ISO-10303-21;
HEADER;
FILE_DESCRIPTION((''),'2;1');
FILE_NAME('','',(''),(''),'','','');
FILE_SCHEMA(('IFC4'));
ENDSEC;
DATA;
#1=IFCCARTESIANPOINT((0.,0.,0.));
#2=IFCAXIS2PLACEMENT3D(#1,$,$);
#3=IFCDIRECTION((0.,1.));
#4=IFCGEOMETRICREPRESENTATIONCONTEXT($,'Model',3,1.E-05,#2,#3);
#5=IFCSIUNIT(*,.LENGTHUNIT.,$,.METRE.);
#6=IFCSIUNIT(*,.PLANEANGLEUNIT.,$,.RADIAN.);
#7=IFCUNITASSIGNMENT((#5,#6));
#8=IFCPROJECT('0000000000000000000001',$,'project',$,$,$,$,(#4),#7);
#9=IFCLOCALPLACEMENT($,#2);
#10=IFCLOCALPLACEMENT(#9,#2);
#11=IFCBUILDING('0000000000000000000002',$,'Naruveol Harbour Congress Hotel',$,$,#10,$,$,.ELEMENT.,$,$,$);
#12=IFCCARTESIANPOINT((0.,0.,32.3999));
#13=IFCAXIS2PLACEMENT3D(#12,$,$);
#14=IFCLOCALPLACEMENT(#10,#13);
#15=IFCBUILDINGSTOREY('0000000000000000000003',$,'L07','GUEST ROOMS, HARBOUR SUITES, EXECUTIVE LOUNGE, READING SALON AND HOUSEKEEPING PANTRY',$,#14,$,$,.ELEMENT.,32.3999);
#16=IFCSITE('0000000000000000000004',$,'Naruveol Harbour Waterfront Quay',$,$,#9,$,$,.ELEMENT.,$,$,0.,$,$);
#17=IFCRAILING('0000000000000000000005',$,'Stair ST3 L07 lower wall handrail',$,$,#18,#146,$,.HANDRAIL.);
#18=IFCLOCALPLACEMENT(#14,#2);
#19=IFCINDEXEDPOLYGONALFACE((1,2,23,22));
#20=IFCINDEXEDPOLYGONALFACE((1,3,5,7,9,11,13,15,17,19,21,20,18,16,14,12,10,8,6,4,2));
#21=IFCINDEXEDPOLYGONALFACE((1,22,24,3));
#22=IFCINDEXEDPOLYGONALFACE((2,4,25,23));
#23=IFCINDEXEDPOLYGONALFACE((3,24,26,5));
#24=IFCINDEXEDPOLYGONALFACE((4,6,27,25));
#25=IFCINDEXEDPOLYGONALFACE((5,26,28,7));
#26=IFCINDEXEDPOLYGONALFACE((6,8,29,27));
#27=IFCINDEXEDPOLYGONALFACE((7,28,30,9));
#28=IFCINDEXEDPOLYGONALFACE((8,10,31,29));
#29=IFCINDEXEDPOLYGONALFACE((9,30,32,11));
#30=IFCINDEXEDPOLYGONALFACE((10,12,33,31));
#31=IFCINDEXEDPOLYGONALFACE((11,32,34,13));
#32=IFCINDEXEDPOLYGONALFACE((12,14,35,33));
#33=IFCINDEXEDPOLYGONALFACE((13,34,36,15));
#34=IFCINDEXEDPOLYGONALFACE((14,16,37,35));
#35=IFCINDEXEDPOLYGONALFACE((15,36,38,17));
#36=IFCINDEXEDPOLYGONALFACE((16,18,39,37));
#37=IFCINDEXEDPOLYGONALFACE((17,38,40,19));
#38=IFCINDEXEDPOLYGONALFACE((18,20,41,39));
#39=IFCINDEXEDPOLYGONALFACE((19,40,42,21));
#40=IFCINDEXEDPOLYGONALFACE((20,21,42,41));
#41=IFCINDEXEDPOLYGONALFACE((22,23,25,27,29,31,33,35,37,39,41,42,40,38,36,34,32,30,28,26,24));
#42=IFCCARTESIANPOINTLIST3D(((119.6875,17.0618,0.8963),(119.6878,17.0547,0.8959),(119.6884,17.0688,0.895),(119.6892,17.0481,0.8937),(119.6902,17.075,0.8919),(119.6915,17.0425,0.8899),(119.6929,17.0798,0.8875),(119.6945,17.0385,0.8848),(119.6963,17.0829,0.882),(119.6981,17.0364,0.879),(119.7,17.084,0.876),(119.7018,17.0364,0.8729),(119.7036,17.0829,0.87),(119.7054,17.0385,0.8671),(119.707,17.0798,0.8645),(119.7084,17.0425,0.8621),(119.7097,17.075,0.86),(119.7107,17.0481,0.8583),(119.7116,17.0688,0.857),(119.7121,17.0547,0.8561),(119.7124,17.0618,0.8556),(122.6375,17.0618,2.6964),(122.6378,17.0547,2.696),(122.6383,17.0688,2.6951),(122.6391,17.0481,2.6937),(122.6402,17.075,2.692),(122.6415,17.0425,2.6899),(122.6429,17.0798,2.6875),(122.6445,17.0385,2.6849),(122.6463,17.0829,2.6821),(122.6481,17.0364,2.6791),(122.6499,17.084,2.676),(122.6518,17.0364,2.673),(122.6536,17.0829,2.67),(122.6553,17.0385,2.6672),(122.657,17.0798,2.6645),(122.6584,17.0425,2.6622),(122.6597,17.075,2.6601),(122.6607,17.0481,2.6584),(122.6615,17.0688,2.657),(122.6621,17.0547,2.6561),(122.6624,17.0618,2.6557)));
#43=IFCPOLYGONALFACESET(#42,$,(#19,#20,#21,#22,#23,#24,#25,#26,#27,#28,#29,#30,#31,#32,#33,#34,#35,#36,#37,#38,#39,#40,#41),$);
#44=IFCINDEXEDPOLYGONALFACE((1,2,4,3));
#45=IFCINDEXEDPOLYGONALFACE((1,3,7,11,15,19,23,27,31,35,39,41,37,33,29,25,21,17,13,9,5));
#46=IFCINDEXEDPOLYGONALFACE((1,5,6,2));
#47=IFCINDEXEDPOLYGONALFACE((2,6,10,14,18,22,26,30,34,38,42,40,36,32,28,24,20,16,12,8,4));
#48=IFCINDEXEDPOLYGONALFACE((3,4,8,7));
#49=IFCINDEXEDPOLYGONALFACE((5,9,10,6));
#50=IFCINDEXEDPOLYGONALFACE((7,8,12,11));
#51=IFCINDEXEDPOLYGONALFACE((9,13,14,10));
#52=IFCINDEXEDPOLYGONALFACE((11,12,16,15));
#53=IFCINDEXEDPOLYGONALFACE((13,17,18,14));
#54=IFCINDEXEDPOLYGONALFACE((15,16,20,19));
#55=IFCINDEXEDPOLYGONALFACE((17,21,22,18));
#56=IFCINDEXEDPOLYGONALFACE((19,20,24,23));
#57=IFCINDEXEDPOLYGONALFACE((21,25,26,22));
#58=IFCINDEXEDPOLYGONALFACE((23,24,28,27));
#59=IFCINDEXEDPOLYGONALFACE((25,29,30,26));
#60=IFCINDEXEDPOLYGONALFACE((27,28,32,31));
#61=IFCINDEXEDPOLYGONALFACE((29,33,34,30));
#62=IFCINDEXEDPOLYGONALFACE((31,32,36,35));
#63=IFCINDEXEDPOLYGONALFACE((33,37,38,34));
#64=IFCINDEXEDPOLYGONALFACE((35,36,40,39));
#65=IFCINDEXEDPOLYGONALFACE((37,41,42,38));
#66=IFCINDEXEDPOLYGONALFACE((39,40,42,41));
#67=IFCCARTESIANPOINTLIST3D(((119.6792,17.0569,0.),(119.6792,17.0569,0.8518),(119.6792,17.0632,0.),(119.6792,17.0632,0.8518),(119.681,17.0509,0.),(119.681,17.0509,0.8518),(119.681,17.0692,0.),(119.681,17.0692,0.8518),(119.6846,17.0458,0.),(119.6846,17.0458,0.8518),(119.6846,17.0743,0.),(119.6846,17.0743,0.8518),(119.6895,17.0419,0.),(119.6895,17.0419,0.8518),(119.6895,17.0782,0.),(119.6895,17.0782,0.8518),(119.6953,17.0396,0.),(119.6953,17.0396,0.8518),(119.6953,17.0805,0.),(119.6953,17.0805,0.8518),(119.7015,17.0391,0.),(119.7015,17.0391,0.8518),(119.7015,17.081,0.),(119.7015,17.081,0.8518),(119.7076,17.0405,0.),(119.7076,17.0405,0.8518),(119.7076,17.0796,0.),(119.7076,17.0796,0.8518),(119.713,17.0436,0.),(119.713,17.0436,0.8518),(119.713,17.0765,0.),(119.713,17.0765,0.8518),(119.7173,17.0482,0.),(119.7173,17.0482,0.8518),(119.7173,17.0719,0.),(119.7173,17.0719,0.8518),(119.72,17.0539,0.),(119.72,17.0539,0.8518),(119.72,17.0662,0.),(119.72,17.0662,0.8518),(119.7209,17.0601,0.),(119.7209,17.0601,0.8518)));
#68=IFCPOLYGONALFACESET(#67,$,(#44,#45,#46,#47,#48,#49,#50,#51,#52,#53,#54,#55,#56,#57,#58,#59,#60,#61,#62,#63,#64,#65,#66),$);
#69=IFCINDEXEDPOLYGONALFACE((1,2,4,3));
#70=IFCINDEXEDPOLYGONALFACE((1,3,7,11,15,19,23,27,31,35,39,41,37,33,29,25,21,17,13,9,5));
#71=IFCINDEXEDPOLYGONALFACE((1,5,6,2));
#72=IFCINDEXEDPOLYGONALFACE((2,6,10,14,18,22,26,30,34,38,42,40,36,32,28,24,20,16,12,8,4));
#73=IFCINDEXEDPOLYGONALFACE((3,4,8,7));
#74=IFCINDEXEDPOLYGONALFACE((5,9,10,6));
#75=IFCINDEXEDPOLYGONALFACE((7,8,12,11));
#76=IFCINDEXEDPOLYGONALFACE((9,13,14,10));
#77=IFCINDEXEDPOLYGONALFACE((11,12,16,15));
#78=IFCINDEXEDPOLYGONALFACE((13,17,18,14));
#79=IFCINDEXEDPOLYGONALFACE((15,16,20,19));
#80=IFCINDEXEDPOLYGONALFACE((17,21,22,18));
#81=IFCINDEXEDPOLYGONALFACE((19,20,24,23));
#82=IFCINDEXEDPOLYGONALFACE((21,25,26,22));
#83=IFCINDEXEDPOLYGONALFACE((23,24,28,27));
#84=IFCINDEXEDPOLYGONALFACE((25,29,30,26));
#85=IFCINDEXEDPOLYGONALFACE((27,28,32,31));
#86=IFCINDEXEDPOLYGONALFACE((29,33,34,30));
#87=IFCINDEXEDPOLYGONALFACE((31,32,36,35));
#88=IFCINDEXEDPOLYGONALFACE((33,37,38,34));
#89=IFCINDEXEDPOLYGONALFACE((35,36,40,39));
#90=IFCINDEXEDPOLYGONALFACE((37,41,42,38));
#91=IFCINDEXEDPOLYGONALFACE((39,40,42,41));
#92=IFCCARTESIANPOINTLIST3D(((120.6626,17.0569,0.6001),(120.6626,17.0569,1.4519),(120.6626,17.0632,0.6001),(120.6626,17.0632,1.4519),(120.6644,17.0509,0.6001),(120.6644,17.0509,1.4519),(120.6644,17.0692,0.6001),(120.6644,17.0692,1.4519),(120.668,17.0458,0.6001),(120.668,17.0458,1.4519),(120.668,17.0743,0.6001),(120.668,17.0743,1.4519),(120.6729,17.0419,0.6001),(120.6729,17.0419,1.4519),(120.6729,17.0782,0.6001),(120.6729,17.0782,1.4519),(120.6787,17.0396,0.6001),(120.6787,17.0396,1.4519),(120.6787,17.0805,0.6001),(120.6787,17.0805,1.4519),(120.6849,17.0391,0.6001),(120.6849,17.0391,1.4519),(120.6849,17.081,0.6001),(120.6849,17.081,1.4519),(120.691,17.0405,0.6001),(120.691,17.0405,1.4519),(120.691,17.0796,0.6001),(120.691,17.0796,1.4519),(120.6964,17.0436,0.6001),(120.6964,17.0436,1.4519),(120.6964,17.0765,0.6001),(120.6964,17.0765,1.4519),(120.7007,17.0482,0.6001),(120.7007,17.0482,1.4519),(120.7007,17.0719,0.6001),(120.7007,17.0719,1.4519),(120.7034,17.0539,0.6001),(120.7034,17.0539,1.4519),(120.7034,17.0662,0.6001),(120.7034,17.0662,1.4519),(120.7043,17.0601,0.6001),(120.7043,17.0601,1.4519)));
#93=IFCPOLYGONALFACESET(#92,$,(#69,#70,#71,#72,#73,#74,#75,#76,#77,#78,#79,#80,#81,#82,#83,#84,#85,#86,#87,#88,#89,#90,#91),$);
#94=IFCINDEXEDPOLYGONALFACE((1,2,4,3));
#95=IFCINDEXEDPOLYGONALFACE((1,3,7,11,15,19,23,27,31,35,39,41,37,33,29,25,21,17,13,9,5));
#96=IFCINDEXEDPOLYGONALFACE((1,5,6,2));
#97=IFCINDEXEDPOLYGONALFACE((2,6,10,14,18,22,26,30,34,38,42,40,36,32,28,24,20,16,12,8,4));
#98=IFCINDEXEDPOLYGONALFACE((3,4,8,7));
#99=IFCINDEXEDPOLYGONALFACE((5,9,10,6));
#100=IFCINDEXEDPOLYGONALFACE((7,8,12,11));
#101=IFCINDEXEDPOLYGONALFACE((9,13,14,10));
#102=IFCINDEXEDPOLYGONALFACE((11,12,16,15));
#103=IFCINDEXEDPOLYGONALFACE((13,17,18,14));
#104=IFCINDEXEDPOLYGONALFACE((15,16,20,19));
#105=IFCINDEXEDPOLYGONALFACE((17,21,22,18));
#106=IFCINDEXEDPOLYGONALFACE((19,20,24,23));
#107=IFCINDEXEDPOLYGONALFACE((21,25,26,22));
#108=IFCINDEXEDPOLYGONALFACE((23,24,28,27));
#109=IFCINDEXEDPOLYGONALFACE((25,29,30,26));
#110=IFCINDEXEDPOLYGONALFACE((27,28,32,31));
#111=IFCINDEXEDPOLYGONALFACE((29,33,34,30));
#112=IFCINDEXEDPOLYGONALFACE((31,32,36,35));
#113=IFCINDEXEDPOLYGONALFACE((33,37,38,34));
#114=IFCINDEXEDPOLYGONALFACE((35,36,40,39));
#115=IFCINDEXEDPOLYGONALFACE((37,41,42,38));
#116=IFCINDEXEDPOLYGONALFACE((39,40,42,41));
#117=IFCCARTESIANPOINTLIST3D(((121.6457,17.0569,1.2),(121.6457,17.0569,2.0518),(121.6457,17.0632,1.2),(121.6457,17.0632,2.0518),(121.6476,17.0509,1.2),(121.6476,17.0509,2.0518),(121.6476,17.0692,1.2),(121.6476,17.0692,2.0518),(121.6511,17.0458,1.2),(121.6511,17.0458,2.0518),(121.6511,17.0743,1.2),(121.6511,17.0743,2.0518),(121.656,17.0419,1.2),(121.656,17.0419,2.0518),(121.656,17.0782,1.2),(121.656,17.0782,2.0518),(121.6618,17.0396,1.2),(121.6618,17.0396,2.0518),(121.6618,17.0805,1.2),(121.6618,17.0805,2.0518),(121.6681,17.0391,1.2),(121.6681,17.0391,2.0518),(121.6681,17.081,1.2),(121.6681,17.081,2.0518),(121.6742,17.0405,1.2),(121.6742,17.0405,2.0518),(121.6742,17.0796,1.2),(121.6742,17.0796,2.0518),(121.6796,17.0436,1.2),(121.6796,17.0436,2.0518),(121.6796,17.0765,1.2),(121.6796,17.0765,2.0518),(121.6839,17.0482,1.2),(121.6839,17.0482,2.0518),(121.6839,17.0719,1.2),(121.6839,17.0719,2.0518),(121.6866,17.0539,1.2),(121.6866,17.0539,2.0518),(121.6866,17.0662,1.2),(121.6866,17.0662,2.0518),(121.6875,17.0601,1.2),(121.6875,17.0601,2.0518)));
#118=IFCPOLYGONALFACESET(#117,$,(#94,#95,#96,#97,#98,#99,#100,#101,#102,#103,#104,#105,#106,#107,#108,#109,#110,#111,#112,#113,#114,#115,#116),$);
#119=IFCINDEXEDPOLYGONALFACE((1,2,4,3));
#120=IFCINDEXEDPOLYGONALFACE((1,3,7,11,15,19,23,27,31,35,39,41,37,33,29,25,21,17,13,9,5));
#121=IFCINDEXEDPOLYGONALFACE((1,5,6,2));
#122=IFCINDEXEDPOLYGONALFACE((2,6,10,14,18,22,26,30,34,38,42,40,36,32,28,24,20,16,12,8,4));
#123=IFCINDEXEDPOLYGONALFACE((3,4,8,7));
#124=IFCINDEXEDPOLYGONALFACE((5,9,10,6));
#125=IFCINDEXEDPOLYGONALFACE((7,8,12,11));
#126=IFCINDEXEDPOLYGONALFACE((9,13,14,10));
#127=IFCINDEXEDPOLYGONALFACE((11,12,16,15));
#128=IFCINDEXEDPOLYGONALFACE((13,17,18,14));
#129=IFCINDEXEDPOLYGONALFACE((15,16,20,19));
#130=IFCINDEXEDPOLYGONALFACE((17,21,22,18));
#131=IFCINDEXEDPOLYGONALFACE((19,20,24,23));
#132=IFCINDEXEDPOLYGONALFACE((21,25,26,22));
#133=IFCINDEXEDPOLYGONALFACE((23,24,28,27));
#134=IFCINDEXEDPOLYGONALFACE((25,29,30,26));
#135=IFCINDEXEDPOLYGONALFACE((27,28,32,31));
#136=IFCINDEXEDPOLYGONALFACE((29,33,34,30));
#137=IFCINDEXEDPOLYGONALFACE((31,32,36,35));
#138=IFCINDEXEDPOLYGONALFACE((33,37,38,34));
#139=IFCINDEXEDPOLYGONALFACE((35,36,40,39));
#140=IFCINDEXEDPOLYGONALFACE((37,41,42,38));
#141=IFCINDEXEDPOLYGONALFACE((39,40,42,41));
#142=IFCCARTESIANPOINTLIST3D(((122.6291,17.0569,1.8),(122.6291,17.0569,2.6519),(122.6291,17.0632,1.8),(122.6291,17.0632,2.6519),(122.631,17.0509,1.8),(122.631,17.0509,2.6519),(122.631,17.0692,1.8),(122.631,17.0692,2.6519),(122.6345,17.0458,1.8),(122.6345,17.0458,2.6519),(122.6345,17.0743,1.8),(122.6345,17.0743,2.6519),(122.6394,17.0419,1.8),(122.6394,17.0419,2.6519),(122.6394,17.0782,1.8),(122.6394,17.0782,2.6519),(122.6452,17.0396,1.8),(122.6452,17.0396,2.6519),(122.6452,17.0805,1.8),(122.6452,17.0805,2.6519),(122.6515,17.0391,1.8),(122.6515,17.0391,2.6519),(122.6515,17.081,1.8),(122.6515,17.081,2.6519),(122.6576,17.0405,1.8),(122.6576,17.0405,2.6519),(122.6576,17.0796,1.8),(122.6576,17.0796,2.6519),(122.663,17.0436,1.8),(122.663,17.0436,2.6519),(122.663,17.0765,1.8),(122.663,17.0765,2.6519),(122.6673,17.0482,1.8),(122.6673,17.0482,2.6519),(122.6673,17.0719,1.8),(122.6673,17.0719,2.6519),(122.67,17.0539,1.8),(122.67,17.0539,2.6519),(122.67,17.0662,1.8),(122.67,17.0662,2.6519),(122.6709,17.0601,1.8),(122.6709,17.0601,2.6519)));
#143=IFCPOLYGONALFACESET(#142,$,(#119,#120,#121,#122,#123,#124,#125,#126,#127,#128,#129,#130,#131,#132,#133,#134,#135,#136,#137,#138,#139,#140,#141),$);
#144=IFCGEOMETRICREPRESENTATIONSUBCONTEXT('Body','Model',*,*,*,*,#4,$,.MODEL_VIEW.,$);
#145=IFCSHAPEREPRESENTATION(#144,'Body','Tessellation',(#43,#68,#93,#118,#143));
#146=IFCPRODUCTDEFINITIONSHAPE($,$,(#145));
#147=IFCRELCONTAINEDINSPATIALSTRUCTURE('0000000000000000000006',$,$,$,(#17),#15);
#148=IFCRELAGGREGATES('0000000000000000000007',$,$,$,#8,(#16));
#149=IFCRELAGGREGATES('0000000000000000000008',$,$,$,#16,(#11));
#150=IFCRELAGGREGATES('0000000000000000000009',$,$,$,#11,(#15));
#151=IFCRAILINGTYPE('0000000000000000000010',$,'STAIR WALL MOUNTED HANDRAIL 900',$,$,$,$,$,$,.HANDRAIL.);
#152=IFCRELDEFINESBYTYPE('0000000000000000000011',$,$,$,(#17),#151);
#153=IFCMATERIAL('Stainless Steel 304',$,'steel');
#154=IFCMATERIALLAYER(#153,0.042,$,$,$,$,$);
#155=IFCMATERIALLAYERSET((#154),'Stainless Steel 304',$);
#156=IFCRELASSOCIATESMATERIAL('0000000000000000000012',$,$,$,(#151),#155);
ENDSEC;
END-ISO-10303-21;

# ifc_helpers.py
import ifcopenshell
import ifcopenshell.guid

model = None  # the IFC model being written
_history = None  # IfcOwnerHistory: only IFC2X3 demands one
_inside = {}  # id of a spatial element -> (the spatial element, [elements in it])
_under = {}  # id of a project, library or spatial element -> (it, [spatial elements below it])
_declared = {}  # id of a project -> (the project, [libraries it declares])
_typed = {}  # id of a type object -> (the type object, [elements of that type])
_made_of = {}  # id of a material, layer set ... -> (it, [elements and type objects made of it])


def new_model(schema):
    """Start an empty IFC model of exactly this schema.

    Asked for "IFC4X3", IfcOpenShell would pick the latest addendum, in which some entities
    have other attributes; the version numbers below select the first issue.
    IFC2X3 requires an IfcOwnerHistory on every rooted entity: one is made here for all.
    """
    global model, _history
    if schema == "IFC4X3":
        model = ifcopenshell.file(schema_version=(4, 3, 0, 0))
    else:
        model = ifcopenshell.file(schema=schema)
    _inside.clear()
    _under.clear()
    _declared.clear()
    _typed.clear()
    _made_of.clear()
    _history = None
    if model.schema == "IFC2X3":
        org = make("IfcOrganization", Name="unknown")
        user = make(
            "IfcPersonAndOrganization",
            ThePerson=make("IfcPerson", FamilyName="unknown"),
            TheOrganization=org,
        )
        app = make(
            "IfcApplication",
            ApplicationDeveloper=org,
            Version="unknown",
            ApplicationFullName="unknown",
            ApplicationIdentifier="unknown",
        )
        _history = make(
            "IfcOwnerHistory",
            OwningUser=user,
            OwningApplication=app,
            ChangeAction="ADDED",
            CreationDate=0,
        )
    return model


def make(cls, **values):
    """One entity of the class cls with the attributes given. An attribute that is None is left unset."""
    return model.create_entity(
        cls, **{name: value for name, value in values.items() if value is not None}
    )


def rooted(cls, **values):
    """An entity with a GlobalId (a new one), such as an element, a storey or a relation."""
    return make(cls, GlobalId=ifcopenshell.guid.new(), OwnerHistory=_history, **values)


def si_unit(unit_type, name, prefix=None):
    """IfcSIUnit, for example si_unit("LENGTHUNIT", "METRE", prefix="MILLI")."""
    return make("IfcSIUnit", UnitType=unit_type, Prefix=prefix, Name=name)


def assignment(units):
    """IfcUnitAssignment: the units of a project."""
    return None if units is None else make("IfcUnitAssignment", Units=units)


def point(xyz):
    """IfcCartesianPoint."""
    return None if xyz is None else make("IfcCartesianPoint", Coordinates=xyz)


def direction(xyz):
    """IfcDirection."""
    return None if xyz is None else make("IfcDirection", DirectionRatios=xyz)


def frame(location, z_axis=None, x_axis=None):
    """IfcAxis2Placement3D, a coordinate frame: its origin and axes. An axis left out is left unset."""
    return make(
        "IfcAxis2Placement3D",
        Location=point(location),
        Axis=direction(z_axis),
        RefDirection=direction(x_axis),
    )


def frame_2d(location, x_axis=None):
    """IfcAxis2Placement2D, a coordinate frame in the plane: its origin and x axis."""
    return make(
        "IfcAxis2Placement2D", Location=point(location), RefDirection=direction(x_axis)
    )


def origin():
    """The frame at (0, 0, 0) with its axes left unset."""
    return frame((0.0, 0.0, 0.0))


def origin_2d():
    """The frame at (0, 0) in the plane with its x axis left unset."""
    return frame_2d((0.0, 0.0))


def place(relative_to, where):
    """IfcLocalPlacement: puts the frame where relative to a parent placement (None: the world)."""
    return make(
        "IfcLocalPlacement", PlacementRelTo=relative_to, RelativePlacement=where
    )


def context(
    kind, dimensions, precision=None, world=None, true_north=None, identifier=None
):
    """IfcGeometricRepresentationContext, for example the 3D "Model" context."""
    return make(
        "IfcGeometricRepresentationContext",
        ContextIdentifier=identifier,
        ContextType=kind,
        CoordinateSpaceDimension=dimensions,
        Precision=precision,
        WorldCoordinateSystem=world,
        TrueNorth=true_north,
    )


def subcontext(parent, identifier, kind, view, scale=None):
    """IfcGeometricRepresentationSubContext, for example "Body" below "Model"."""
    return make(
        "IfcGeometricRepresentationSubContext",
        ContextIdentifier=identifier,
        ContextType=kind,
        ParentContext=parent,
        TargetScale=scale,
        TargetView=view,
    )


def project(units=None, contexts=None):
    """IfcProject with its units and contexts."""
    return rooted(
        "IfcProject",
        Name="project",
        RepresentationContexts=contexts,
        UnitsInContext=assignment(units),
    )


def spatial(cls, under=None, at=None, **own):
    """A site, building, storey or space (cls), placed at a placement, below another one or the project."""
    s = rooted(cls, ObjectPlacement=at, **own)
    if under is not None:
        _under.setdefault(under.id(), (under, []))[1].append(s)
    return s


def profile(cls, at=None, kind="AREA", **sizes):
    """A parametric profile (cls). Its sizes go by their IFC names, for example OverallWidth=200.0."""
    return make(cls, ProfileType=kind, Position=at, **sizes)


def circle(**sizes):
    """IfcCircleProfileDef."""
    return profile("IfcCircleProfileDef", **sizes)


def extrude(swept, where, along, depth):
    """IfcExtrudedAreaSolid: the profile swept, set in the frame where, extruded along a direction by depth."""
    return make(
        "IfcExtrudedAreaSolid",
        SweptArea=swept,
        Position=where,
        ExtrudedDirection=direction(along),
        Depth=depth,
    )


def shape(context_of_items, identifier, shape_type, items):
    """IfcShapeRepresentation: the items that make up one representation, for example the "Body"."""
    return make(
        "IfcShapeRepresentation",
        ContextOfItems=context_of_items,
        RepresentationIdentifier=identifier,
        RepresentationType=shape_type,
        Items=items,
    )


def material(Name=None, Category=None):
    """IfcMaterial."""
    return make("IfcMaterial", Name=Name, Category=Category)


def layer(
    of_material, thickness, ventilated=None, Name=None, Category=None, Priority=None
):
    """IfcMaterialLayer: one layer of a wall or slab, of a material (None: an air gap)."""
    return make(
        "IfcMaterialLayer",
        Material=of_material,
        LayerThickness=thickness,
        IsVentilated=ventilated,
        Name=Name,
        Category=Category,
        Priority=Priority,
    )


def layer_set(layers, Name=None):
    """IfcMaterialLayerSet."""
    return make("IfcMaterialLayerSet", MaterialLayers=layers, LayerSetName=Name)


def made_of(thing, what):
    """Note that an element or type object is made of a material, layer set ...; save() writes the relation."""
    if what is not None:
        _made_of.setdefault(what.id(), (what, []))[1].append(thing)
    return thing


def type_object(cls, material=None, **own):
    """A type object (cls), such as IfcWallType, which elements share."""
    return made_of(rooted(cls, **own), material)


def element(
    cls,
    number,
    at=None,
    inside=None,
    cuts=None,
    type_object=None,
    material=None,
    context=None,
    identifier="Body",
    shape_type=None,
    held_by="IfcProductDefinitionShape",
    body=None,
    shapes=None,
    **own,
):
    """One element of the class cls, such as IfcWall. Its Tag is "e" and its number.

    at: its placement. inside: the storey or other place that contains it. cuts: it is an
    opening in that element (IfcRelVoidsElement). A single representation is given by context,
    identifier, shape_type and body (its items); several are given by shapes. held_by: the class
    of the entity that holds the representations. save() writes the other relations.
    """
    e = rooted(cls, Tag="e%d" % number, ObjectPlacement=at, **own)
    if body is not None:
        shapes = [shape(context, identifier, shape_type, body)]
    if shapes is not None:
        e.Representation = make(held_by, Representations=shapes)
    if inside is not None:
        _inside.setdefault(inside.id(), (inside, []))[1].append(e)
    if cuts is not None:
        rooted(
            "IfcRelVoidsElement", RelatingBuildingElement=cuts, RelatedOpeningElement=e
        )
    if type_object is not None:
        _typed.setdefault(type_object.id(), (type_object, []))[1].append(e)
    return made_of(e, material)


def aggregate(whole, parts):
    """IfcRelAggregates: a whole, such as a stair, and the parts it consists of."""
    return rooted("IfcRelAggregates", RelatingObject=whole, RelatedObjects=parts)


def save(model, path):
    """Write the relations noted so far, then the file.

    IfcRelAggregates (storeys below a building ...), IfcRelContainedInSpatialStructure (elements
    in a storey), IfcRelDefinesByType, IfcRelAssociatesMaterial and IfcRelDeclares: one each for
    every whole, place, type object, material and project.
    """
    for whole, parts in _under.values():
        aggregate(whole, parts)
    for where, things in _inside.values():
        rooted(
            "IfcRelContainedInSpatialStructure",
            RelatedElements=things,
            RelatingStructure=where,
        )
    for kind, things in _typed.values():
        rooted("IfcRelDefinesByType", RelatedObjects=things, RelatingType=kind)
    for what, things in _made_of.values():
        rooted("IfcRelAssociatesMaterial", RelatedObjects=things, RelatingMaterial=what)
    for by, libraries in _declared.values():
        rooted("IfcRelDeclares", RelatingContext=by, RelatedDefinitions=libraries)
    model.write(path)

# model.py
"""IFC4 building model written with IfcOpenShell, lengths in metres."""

from ifc_helpers import new_model, si_unit, direction, frame, origin, origin_2d, place, context, subcontext, project, spatial, circle, extrude, material, layer, layer_set, type_object, element, save


model = new_model("IFC4")

# Units and contexts
model_context = context("Model", 3, precision=1e-05, world=origin(), true_north=direction((0.0, 1.0)))
body_context = subcontext(model_context, "Body", "Model", "MODEL_VIEW")
ifc_project = project(units=[si_unit("LENGTHUNIT", "METRE"), si_unit("PLANEANGLEUNIT", "RADIAN")], contexts=[model_context])

# Site, building, storey
site_placement = place(None, origin())
site = spatial("IfcSite", under=ifc_project, at=site_placement, Name="Naruveol Harbour Waterfront Quay", CompositionType="ELEMENT", RefElevation=0.0)
building_placement = place(site_placement, origin())
building = spatial("IfcBuilding", under=site, at=building_placement, Name="Naruveol Harbour Congress Hotel", CompositionType="ELEMENT")
storey_placement = place(building_placement, frame((0.0, 0.0, 32.3999)))
storey = spatial("IfcBuildingStorey", under=building, at=storey_placement, Name="L07", Description="GUEST ROOMS, HARBOUR SUITES, EXECUTIVE LOUNGE, READING SALON AND HOUSEKEEPING PANTRY", CompositionType="ELEMENT", Elevation=32.3999)

# Railing
ifc_material_1 = material(Name="Stainless Steel 304", Category="steel")
ifc_layer_1 = layer(ifc_material_1, 0.042)
ifc_layer_set_1 = layer_set([ifc_layer_1], Name="Stainless Steel 304")
railing_type_1 = type_object("IfcRailingType", Name="STAIR WALL MOUNTED HANDRAIL 900", PredefinedType="HANDRAIL", material=ifc_layer_set_1)
railing_1_placement = place(storey_placement, frame((119.7, 17.0601, 0.0)))
element("IfcRailing", 1, at=railing_1_placement, inside=storey, type_object=railing_type_1, Name="Stair ST3 L07 lower wall handrail", PredefinedType="HANDRAIL", context=body_context, shape_type="SweptSolid", body=[
    extrude(circle(Radius=0.0239, at=origin_2d()), frame((0.0, 0.0, 0.876), z_axis=(0.853629, 0.0, 0.520881), x_axis=(0.0, 1.0, 0.0)), (0.0, 0.0, 1.0), 3.4558),
    extrude(circle(Radius=0.021, at=origin_2d()), origin(), (0.0, 0.0, 1.0), 0.8518),
    extrude(circle(Radius=0.021, at=origin_2d()), frame((0.9834, 0.0, 0.6001)), (0.0, 0.0, 1.0), 0.8518),
    extrude(circle(Radius=0.021, at=origin_2d()), frame((1.9666, 0.0, 1.2)), (0.0, 0.0, 1.0), 0.8518),
    extrude(circle(Radius=0.021, at=origin_2d()), frame((2.95, 0.0, 1.8)), (0.0, 0.0, 1.0), 0.8518),
])

save(model, "model.ifc")
